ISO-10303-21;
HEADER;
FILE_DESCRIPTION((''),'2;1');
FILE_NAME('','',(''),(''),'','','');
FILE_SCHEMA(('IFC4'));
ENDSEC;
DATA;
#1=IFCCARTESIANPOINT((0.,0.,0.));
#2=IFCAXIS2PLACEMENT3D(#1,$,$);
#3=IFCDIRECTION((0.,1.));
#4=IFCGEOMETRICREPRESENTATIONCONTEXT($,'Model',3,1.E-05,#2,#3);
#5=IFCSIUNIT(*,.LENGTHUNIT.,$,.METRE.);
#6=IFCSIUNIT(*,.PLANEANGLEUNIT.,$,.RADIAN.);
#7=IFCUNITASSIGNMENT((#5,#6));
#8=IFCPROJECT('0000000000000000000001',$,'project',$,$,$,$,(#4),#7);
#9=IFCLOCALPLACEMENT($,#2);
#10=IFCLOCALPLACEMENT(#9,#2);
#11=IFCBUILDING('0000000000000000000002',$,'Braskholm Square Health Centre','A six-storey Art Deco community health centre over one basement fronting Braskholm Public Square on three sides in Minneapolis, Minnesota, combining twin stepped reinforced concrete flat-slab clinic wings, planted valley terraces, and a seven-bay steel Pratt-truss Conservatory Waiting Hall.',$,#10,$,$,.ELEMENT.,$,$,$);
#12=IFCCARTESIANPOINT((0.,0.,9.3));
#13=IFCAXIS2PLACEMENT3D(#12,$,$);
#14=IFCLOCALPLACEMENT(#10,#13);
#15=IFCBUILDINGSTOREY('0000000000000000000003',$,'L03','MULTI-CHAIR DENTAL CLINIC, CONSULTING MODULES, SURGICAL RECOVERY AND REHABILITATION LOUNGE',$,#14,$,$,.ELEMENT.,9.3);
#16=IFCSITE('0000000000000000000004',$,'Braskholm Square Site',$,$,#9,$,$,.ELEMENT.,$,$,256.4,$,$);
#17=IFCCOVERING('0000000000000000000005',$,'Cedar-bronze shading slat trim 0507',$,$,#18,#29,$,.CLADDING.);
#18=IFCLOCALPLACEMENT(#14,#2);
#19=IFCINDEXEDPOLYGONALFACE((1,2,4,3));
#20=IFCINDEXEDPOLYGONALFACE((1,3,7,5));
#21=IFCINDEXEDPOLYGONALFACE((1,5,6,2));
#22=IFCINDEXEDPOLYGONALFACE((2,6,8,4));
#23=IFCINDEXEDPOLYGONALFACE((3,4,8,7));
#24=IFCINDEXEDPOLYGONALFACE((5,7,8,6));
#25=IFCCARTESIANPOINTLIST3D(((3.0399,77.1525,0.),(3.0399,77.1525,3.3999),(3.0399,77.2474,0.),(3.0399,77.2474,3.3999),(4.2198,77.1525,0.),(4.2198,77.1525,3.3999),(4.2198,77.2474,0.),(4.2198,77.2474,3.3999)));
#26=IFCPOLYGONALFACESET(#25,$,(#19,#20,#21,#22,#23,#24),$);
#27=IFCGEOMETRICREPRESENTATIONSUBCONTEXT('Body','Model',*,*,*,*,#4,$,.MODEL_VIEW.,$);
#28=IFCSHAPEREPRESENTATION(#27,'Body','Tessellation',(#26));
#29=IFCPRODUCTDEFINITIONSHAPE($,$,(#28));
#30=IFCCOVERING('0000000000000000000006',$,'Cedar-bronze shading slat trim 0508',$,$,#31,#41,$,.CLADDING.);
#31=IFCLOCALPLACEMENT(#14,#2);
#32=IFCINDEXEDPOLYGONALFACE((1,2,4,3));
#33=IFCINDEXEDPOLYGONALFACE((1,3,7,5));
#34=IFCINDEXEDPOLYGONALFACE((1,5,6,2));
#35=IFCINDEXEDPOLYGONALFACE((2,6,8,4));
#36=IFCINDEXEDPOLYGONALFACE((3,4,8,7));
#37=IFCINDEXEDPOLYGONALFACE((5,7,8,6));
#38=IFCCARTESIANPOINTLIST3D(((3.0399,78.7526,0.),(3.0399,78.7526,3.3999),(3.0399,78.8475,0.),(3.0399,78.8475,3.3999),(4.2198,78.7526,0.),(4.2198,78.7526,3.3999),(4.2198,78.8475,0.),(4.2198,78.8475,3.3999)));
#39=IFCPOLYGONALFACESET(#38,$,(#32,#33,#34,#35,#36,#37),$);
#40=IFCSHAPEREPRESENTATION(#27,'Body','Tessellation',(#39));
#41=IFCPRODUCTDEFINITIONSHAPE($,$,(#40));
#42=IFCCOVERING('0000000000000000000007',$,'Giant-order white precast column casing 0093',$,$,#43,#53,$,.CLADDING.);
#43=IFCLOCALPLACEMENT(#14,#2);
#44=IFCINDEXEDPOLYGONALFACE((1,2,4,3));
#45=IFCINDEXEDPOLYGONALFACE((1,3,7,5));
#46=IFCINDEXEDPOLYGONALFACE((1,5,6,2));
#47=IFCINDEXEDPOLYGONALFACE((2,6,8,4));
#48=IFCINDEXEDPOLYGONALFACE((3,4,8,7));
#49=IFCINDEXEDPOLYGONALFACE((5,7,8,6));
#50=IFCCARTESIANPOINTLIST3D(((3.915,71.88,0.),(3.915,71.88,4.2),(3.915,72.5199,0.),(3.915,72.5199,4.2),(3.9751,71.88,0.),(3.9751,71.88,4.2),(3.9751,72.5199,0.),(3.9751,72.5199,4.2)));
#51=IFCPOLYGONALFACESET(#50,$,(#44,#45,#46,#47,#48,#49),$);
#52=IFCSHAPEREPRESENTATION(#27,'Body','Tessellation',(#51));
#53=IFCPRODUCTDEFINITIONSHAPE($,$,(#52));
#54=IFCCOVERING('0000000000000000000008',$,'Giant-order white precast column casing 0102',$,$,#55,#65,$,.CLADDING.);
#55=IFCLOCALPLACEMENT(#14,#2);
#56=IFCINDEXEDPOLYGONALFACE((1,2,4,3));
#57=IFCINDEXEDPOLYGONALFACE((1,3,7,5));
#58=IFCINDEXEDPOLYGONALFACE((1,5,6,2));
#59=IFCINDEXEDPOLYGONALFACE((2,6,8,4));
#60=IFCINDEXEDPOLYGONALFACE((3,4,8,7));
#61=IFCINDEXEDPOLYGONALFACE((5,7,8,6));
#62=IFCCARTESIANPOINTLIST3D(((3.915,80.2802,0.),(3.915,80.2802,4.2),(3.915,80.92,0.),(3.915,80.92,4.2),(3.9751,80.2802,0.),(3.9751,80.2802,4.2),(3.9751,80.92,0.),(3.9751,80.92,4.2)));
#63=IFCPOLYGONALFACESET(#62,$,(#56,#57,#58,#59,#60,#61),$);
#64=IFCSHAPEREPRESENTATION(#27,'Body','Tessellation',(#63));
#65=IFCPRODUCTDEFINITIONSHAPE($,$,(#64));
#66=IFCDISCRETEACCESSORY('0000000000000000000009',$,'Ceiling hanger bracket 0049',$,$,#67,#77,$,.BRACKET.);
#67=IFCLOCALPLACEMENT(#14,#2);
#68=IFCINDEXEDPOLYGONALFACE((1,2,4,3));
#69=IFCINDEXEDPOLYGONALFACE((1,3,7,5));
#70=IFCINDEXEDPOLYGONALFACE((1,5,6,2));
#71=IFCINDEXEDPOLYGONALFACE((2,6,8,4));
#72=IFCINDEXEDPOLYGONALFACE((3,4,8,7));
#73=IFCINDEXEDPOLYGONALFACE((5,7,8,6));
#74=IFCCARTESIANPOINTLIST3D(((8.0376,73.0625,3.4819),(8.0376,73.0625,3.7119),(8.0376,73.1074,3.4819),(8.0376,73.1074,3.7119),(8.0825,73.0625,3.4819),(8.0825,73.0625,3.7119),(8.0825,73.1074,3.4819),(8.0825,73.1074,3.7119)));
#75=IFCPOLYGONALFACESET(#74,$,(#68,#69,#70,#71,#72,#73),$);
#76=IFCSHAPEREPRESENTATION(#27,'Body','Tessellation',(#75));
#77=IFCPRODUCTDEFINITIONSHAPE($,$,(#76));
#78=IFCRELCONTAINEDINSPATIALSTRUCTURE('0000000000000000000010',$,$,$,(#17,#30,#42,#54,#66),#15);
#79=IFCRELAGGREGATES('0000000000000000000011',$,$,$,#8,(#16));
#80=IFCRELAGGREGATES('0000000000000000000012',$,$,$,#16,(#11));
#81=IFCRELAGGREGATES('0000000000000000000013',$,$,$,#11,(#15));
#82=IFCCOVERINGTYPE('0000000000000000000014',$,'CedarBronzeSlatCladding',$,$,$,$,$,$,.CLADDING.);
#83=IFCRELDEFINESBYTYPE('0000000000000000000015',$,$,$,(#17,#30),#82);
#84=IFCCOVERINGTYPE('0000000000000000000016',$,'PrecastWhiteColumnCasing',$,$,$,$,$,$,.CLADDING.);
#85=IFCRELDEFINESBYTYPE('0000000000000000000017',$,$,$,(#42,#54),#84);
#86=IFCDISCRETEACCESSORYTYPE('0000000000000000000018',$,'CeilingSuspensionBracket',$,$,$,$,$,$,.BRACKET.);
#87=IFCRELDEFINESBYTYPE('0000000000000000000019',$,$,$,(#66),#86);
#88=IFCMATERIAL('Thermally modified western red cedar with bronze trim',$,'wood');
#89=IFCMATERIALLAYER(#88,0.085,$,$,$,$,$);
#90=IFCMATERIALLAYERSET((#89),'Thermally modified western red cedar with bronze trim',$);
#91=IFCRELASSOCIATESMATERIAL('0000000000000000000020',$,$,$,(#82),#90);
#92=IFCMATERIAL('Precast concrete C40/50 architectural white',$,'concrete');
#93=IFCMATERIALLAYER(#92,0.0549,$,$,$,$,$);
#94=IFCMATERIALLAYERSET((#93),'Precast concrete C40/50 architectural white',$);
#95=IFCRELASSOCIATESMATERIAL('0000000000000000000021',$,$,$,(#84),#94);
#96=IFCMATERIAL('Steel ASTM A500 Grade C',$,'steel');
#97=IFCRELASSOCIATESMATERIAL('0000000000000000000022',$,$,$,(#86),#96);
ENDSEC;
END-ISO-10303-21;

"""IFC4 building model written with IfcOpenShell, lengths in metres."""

from ifc_helpers import new_model, si_unit, direction, frame, origin, origin_2d, place, context, subcontext, project, spatial, rectangle, extrude, material, layer, layer_set, type_object, element, save


model = new_model("IFC4")

# Units and contexts
model_context = context("Model", 3, precision=1e-05, world=origin(), true_north=direction((0.0, 1.0)))
body_context = subcontext(model_context, "Body", "Model", "MODEL_VIEW")
ifc_project = project(units=[si_unit("LENGTHUNIT", "METRE"), si_unit("PLANEANGLEUNIT", "RADIAN")], contexts=[model_context])

# Site, building, storey
site_placement = place(None, origin())
site = spatial("IfcSite", under=ifc_project, at=site_placement, Name="Braskholm Square Site", CompositionType="ELEMENT", RefElevation=256.4)
building_placement = place(site_placement, origin())
building = spatial("IfcBuilding", under=site, at=building_placement, Name="Braskholm Square Health Centre", Description="A six-storey Art Deco community health centre over one basement fronting Braskholm Public Square on three sides in Minneapolis, Minnesota, combining twin stepped reinforced concrete flat-slab clinic wings, planted valley terraces, and a seven-bay steel Pratt-truss Conservatory Waiting Hall.", CompositionType="ELEMENT")
storey_placement = place(building_placement, frame((0.0, 0.0, 9.3)))
storey = spatial("IfcBuildingStorey", under=building, at=storey_placement, Name="L03", Description="MULTI-CHAIR DENTAL CLINIC, CONSULTING MODULES, SURGICAL RECOVERY AND REHABILITATION LOUNGE", CompositionType="ELEMENT", Elevation=9.3)

# Shared definitions
ifc_material_1 = material(Name="Precast concrete C40/50 architectural white", Category="concrete")

# Shared definitions
ifc_material_2 = material(Name="Thermally modified western red cedar with bronze trim", Category="wood")

# Coverings
ifc_layer_1 = layer(ifc_material_2, 0.085)
ifc_layer_set_1 = layer_set([ifc_layer_1], Name="Thermally modified western red cedar with bronze trim")
covering_type_1 = type_object("IfcCoveringType", Name="CedarBronzeSlatCladding", PredefinedType="CLADDING", material=ifc_layer_set_1)
for number, where, z_axis, x_axis, name in (
    (1, (3.6299, 77.2, 0.0), (0.0, 0.0, 1.0), (1.0, 0.0, 0.0), "Cedar-bronze shading slat trim 0507"),
    (2, (3.6299, 78.8, 0.0), (0.0, 0.0, 1.0), (1.0, 0.0, 0.0), "Cedar-bronze shading slat trim 0508"),
):
    element("IfcCovering", number, at=place(storey_placement, frame(where, z_axis=z_axis, x_axis=x_axis)), inside=storey, type_object=covering_type_1, Name=name, PredefinedType="CLADDING", context=body_context, shape_type="SweptSolid", body=[
        extrude(rectangle(XDim=1.1799, YDim=0.095, at=origin_2d()), origin(), (0.0, 0.0, 1.0), 3.3999),
    ])
ifc_layer_2 = layer(ifc_material_1, 0.0549)
ifc_layer_set_2 = layer_set([ifc_layer_2], Name="Precast concrete C40/50 architectural white")
covering_type_2 = type_object("IfcCoveringType", Name="PrecastWhiteColumnCasing", PredefinedType="CLADDING", material=ifc_layer_set_2)
for number, where, z_axis, x_axis, name in (
    (3, (3.9451, 72.2, 0.0), (0.0, 0.0, 1.0), (1.0, 0.0, 0.0), "Giant-order white precast column casing 0093"),
    (4, (3.9451, 80.6001, 0.0), (0.0, 0.0, 1.0), (1.0, 0.0, 0.0), "Giant-order white precast column casing 0102"),
):
    element("IfcCovering", number, at=place(storey_placement, frame(where, z_axis=z_axis, x_axis=x_axis)), inside=storey, type_object=covering_type_2, Name=name, PredefinedType="CLADDING", context=body_context, shape_type="SweptSolid", body=[
        extrude(rectangle(XDim=0.0601, YDim=0.6399, at=origin_2d()), origin(), (0.0, 0.0, 1.0), 4.2),
    ])

# Discrete accessory
ifc_material_3 = material(Name="Steel ASTM A500 Grade C", Category="steel")
discrete_accessory_type = type_object("IfcDiscreteAccessoryType", Name="CeilingSuspensionBracket", PredefinedType="BRACKET", material=ifc_material_3)
discrete_accessory_placement = place(storey_placement, frame((8.0601, 73.085, 3.4819), z_axis=(0.0, 0.0, 1.0), x_axis=(1.0, 0.0, 0.0)))
element("IfcDiscreteAccessory", 5, at=discrete_accessory_placement, inside=storey, type_object=discrete_accessory_type, Name="Ceiling hanger bracket 0049", PredefinedType="BRACKET", context=body_context, shape_type="SweptSolid", body=[
    extrude(rectangle(XDim=0.0449, YDim=0.0449, at=origin_2d()), origin(), (0.0, 0.0, 1.0), 0.23),
])

save(model, "model.ifc")
